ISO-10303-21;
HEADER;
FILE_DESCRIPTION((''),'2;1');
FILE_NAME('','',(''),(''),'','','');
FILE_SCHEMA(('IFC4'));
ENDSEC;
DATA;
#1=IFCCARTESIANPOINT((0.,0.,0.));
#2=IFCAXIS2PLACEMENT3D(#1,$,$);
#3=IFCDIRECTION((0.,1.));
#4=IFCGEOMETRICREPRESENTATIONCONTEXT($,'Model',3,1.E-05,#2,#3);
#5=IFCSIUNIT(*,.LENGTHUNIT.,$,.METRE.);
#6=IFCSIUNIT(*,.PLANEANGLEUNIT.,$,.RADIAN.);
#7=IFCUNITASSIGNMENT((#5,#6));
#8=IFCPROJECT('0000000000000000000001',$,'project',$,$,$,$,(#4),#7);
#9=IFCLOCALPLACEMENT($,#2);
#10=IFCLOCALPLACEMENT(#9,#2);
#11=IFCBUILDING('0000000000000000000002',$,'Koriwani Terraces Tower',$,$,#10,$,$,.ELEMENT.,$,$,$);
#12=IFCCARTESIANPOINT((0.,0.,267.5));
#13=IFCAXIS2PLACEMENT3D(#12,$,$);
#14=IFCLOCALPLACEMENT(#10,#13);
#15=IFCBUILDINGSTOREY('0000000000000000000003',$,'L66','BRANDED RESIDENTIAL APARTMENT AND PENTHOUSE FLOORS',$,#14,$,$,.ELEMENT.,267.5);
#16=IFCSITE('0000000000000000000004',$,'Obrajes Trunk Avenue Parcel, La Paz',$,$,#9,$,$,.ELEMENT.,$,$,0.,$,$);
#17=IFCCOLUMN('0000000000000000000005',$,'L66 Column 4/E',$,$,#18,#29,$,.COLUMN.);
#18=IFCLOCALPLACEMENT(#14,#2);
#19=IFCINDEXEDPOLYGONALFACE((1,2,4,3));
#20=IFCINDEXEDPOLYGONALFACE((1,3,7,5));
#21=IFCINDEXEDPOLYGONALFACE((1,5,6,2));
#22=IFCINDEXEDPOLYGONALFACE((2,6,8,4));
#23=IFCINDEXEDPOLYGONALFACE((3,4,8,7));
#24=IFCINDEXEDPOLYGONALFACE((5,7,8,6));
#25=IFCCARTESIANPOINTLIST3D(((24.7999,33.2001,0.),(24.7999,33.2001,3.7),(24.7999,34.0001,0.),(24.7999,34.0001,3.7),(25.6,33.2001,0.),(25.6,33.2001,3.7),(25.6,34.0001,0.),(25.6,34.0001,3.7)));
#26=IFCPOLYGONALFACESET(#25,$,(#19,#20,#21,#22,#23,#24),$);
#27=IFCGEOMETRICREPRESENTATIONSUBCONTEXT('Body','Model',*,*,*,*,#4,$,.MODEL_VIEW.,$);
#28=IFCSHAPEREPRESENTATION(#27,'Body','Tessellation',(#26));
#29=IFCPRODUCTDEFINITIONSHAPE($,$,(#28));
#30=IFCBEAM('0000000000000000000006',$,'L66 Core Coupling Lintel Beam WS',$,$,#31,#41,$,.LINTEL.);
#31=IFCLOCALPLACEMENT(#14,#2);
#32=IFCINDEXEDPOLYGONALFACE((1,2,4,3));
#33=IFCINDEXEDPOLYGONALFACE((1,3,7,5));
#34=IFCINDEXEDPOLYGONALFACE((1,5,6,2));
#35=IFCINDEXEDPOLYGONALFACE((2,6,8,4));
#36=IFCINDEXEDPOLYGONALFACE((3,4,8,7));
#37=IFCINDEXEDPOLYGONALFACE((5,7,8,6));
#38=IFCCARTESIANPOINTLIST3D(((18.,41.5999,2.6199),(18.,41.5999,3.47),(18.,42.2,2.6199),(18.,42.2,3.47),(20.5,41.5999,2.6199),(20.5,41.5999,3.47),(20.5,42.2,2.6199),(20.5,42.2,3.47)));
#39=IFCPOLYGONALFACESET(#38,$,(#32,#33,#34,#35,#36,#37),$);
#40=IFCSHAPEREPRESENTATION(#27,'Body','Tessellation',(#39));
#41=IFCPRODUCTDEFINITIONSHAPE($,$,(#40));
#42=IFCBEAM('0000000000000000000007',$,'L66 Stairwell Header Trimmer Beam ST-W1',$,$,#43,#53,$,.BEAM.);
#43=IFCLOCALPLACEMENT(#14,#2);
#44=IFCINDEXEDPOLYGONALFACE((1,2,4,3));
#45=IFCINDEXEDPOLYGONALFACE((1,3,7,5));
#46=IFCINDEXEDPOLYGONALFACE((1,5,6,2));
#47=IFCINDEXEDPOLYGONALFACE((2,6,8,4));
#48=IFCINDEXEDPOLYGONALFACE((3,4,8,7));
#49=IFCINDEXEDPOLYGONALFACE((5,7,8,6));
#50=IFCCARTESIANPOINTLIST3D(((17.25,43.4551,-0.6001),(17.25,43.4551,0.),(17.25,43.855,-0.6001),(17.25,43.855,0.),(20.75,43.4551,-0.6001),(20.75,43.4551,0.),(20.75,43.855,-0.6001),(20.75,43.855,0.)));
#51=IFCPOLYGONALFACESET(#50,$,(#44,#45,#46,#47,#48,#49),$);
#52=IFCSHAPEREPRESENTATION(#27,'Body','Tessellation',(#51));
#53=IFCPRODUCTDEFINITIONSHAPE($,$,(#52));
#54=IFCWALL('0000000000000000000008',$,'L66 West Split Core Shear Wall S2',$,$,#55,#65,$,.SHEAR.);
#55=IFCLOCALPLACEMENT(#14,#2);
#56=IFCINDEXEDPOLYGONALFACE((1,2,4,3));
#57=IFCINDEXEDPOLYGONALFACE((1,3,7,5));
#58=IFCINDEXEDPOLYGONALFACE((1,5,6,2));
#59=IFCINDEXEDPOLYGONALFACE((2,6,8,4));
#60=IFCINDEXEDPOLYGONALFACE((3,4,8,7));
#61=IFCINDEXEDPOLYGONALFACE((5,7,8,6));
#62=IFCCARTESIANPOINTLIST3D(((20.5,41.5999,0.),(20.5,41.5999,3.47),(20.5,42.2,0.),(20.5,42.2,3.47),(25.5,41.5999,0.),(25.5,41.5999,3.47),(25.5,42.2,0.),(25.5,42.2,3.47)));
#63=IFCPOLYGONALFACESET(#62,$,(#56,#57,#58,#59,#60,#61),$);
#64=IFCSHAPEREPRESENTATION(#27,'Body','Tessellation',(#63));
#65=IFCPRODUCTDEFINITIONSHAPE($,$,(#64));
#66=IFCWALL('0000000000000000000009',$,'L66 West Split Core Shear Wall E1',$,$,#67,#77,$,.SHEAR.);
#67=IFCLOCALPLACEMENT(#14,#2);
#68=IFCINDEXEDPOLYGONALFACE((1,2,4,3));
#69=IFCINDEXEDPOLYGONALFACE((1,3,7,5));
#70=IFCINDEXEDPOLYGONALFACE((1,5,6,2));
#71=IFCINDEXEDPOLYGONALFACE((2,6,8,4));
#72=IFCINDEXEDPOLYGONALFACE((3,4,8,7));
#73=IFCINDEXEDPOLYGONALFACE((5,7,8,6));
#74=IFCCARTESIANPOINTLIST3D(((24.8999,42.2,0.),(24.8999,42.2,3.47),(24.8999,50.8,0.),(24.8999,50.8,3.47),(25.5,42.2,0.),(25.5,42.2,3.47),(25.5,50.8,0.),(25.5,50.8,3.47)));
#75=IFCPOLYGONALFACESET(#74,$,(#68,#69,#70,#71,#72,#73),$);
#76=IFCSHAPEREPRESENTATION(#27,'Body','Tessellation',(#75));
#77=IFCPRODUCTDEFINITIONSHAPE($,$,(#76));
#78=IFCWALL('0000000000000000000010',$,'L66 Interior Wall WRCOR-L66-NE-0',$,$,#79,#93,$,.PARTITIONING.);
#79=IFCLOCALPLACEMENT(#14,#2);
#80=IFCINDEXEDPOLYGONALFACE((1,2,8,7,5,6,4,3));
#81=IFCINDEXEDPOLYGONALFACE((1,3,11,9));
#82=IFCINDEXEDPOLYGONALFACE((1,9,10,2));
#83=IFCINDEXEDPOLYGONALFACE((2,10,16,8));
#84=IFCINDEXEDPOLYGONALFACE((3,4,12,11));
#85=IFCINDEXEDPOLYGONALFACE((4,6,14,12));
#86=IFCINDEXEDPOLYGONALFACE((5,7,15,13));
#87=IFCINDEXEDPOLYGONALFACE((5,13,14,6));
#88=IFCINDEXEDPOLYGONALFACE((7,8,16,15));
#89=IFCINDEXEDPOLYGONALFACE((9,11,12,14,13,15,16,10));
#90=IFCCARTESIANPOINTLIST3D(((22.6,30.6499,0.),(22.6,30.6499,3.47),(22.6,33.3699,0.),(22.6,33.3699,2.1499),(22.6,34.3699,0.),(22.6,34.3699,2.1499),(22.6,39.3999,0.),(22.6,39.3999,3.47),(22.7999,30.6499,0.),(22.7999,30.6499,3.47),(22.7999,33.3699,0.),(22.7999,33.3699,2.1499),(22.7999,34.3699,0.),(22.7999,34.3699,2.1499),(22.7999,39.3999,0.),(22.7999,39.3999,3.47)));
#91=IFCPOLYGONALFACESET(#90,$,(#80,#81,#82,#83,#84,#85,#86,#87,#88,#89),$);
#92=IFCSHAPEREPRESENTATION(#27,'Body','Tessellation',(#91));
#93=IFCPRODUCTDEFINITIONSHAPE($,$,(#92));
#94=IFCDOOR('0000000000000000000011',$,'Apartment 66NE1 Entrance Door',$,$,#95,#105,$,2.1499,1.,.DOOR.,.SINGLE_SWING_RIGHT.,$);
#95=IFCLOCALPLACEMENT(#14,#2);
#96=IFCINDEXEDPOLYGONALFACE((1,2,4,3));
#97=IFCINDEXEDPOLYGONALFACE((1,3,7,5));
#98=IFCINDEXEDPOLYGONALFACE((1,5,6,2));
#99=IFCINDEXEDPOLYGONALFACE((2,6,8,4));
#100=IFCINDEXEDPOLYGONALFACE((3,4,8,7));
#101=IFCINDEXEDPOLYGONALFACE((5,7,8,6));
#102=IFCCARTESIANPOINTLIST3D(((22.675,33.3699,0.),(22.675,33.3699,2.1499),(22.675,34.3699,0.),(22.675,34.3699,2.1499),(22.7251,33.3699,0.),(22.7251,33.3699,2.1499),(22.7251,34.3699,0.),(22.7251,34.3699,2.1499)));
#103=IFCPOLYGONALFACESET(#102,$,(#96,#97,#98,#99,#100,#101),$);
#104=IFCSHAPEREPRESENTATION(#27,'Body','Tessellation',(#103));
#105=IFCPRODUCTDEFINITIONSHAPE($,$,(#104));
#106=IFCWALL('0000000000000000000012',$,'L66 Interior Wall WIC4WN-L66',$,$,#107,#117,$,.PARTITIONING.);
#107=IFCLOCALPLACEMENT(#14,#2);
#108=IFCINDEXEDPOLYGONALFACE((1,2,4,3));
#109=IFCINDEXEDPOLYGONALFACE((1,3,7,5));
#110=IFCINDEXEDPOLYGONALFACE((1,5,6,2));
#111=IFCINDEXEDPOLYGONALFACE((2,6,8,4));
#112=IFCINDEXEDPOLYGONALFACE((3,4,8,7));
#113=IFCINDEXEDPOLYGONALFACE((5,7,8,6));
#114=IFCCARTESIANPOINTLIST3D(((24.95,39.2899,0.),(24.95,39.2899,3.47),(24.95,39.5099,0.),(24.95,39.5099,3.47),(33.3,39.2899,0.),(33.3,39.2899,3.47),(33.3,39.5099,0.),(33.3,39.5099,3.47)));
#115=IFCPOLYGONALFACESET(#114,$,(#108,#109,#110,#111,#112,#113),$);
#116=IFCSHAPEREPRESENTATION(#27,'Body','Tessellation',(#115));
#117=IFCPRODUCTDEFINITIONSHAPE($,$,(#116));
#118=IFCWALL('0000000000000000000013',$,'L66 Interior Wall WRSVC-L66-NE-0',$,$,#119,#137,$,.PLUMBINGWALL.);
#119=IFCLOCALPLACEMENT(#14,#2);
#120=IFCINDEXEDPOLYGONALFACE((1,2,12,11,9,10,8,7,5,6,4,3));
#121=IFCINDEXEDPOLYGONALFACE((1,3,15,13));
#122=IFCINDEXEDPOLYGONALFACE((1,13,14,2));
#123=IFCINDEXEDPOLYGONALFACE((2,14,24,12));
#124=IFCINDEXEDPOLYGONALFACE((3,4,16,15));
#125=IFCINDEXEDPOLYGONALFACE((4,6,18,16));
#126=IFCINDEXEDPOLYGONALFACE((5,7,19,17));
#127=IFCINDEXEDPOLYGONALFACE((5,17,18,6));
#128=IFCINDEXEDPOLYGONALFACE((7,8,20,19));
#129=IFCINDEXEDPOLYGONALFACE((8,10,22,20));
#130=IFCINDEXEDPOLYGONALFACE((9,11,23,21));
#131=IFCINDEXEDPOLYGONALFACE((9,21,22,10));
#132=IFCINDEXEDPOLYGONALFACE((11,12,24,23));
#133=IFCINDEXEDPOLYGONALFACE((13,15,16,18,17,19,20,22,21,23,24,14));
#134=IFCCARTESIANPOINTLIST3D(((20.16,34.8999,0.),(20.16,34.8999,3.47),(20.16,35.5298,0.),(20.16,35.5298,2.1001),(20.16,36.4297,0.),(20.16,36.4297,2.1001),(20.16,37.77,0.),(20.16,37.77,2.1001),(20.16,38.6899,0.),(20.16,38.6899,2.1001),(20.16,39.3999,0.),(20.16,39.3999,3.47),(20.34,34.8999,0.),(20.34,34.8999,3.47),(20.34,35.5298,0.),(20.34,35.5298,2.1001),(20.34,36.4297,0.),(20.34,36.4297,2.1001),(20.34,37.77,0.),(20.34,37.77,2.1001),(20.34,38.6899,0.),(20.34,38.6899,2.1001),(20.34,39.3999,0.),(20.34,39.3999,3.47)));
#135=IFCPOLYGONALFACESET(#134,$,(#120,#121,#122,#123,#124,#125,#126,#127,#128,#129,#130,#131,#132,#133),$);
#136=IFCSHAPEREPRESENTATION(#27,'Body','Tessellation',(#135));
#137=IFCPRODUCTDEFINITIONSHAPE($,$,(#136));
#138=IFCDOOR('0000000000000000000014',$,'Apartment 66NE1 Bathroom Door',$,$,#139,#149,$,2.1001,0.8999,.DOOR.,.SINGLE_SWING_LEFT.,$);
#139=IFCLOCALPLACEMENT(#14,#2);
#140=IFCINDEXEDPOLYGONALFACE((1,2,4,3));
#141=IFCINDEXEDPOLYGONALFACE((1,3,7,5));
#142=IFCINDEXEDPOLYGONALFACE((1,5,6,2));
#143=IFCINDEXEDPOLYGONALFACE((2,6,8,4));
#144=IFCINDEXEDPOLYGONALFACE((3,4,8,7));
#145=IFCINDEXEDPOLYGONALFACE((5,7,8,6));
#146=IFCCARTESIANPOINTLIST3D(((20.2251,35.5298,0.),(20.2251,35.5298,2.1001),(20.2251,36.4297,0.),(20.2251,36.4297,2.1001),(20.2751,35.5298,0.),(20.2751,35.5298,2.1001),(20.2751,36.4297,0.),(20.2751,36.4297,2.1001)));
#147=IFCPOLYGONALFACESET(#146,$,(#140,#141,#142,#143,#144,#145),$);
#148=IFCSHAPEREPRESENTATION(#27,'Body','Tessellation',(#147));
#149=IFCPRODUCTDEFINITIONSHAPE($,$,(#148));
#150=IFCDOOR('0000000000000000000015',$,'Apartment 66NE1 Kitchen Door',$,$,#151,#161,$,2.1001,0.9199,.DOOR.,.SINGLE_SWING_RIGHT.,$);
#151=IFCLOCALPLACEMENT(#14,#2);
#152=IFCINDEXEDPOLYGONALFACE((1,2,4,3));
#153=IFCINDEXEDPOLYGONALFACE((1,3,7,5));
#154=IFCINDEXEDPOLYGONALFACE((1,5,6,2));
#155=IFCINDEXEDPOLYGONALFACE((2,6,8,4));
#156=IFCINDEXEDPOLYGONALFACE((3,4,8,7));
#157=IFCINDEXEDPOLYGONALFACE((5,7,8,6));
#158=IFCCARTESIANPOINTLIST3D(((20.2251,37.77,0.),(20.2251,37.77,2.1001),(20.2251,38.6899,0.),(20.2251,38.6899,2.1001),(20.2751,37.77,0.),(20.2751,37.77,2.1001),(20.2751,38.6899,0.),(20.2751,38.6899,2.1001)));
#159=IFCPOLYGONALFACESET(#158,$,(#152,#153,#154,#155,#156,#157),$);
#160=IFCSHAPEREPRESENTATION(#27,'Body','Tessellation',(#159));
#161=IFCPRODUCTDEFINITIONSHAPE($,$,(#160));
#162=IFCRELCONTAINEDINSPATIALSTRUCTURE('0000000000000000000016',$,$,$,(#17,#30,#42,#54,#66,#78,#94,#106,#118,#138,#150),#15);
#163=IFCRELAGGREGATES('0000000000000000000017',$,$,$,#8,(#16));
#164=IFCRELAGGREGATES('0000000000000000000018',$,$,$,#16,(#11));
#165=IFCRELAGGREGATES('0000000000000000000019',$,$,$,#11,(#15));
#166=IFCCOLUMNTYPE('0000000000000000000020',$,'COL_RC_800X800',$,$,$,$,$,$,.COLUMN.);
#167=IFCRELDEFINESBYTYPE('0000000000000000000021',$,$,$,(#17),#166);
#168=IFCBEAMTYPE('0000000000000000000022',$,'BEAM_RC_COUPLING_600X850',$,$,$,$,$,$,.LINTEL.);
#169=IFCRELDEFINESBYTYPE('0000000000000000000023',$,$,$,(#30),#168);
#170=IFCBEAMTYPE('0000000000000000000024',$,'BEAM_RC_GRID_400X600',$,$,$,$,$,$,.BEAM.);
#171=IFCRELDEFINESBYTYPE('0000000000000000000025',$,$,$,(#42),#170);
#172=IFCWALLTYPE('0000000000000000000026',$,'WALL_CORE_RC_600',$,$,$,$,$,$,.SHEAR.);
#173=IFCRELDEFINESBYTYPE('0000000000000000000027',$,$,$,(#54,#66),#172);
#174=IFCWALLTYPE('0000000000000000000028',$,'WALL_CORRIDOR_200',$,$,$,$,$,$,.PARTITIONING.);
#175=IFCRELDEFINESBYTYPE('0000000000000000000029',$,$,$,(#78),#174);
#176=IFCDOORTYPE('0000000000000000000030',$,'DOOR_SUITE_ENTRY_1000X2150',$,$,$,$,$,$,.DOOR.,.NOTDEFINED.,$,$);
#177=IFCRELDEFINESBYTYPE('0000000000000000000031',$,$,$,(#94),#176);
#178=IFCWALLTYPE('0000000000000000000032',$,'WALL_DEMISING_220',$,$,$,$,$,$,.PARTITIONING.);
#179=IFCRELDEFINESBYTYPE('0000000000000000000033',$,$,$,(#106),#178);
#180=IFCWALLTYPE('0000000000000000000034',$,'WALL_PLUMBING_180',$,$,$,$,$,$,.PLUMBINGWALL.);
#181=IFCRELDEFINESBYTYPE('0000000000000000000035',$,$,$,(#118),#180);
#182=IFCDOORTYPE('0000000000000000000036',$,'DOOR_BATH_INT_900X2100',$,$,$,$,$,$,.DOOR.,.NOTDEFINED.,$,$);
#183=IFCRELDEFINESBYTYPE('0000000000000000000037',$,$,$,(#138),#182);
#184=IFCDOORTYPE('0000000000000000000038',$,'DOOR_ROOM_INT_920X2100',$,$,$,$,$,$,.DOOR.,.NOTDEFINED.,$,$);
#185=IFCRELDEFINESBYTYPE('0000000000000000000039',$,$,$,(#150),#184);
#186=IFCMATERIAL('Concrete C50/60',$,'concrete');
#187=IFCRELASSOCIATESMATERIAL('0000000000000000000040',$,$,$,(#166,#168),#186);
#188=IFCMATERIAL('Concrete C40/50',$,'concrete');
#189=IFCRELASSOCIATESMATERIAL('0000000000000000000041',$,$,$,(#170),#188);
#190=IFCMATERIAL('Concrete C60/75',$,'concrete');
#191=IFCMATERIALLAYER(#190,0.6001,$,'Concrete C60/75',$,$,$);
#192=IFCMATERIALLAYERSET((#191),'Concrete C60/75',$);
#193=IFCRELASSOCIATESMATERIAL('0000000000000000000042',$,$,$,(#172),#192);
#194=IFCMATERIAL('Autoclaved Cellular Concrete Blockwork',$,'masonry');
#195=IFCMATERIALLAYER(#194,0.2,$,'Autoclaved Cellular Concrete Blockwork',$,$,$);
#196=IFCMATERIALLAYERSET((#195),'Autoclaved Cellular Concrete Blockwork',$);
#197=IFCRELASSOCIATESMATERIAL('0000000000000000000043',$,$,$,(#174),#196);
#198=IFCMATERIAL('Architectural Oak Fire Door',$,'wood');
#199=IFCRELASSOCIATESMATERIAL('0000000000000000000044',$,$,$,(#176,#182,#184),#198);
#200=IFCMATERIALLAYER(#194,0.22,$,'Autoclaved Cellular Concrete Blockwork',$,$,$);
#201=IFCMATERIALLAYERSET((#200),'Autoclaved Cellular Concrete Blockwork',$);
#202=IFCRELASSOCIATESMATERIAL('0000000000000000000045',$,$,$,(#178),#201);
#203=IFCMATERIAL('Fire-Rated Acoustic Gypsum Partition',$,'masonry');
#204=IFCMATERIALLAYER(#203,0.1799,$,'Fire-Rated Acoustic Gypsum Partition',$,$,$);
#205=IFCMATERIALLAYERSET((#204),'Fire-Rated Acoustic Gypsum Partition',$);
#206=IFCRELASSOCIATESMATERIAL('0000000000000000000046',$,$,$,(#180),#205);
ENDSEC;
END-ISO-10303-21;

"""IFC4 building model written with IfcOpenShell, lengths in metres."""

from ifc_helpers import new_model, si_unit, direction, frame, frame_2d, origin, origin_2d, place, context, subcontext, project, spatial, rectangle, extrude, material, layer, layer_set, material_profile, profile_set, type_object, element, fill, save


model = new_model("IFC4")

# Units and contexts
model_context = context("Model", 3, precision=1e-05, world=origin(), true_north=direction((0.0, 1.0)))
body_context = subcontext(model_context, "Body", "Model", "MODEL_VIEW")
ifc_project = project(units=[si_unit("LENGTHUNIT", "METRE"), si_unit("PLANEANGLEUNIT", "RADIAN")], contexts=[model_context])

# Site, building, storey
site_placement = place(None, origin())
site = spatial("IfcSite", under=ifc_project, at=site_placement, Name="Obrajes Trunk Avenue Parcel, La Paz", CompositionType="ELEMENT", RefElevation=0.0)
building_placement = place(site_placement, origin())
building = spatial("IfcBuilding", under=site, at=building_placement, Name="Koriwani Terraces Tower", CompositionType="ELEMENT")
storey_placement = place(building_placement, frame((0.0, 0.0, 267.5)))
storey = spatial("IfcBuildingStorey", under=building, at=storey_placement, Name="L66", Description="BRANDED RESIDENTIAL APARTMENT AND PENTHOUSE FLOORS", CompositionType="ELEMENT", Elevation=267.5)

# Column
ifc_material_1 = material(Name="Concrete C50/60", Category="concrete")
ifc_material_profile_1 = material_profile(ifc_material_1, rectangle(XDim=0.8, YDim=0.8, at=origin_2d()), Name="Concrete C50/60", Category="LoadBearing")
ifc_profile_set_1 = profile_set([ifc_material_profile_1], Name="Concrete C50/60")
column_type = type_object("IfcColumnType", Name="COL_RC_800X800", PredefinedType="COLUMN", material=ifc_profile_set_1)
column_placement = place(storey_placement, frame((25.2, 33.6001, 0.0), z_axis=(0.0, 0.0, 1.0), x_axis=(1.0, 0.0, 0.0)))
element("IfcColumn", 1, at=column_placement, inside=storey, type_object=column_type, Name="L66 Column 4/E", PredefinedType="COLUMN", context=body_context, shape_type="SweptSolid", body=[
    extrude(rectangle(XDim=0.8, YDim=0.8, at=origin_2d()), origin(), (0.0, 0.0, 1.0), 3.7),
])

# Beams
ifc_material_profile_2 = material_profile(ifc_material_1, rectangle(XDim=0.6001, YDim=0.8501, at=origin_2d()), Name="Concrete C50/60", Category="LoadBearing")
ifc_profile_set_2 = profile_set([ifc_material_profile_2], Name="Concrete C50/60")
beam_type_1 = type_object("IfcBeamType", Name="BEAM_RC_COUPLING_600X850", PredefinedType="LINTEL", material=ifc_profile_set_2)
beam_1_placement = place(storey_placement, frame((18.0, 41.8999, 3.0449), z_axis=(1.0, 0.0, 0.0), x_axis=(0.0, 1.0, 0.0)))
element("IfcBeam", 2, at=beam_1_placement, inside=storey, type_object=beam_type_1, Name="L66 Core Coupling Lintel Beam WS", PredefinedType="LINTEL", context=body_context, shape_type="SweptSolid", body=[
    extrude(rectangle(XDim=0.6001, YDim=0.8501, at=origin_2d()), origin(), (0.0, 0.0, 1.0), 2.5),
])
ifc_material_2 = material(Name="Concrete C40/50", Category="concrete")
ifc_material_profile_3 = material_profile(ifc_material_2, rectangle(XDim=0.3999, YDim=0.6001, at=origin_2d()), Name="Concrete C40/50", Category="LoadBearing")
ifc_profile_set_3 = profile_set([ifc_material_profile_3], Name="Concrete C40/50")
beam_type_2 = type_object("IfcBeamType", Name="BEAM_RC_GRID_400X600", PredefinedType="BEAM", material=ifc_profile_set_3)
beam_2_placement = place(storey_placement, frame((17.25, 43.655, -0.3), z_axis=(1.0, 0.0, 0.0), x_axis=(0.0, 1.0, 0.0)))
element("IfcBeam", 3, at=beam_2_placement, inside=storey, type_object=beam_type_2, Name="L66 Stairwell Header Trimmer Beam ST-W1", PredefinedType="BEAM", context=body_context, shape_type="SweptSolid", body=[
    extrude(rectangle(XDim=0.3999, YDim=0.6001, at=origin_2d()), origin(), (0.0, 0.0, 1.0), 3.5),
])

# Walls
ifc_material_3 = material(Name="Concrete C60/75", Category="concrete")
ifc_layer_1 = layer(ifc_material_3, 0.6001, Name="Concrete C60/75")
ifc_layer_set_1 = layer_set([ifc_layer_1], Name="Concrete C60/75")
wall_type_1 = type_object("IfcWallType", Name="WALL_CORE_RC_600", PredefinedType="SHEAR", material=ifc_layer_set_1)
wall_1_placement = place(storey_placement, frame((20.5, 41.8999, 0.0), z_axis=(0.0, 0.0, 1.0), x_axis=(1.0, 0.0, 0.0)))
element("IfcWall", 4, at=wall_1_placement, inside=storey, type_object=wall_type_1, Name="L66 West Split Core Shear Wall S2", PredefinedType="SHEAR", context=body_context, shape_type="SweptSolid", body=[
    extrude(rectangle(XDim=5.0, YDim=0.6001, at=frame_2d((2.5, 0.0))), origin(), (0.0, 0.0, 1.0), 3.47),
])
wall_2_placement = place(storey_placement, frame((25.2, 42.2, 0.0), z_axis=(0.0, 0.0, 1.0), x_axis=(0.0, 1.0, 0.0)))
element("IfcWall", 5, at=wall_2_placement, inside=storey, type_object=wall_type_1, Name="L66 West Split Core Shear Wall E1", PredefinedType="SHEAR", context=body_context, shape_type="SweptSolid", body=[
    extrude(rectangle(XDim=8.6001, YDim=0.6001, at=frame_2d((4.3, 0.0))), origin(), (0.0, 0.0, 1.0), 3.47),
])

# Wall, opening, door
ifc_material_4 = material(Name="Autoclaved Cellular Concrete Blockwork", Category="masonry")
ifc_layer_2 = layer(ifc_material_4, 0.2, Name="Autoclaved Cellular Concrete Blockwork")
ifc_layer_set_2 = layer_set([ifc_layer_2], Name="Autoclaved Cellular Concrete Blockwork")
wall_type_2 = type_object("IfcWallType", Name="WALL_CORRIDOR_200", PredefinedType="PARTITIONING", material=ifc_layer_set_2)
wall_3_placement = place(storey_placement, frame((22.7, 30.6499, 0.0), z_axis=(0.0, 0.0, 1.0), x_axis=(0.0, 1.0, 0.0)))
wall_3 = element("IfcWall", 6, at=wall_3_placement, inside=storey, type_object=wall_type_2, Name="L66 Interior Wall WRCOR-L66-NE-0", PredefinedType="PARTITIONING", context=body_context, shape_type="SweptSolid", body=[
    extrude(rectangle(XDim=8.75, YDim=0.2, at=frame_2d((4.375, 0.0))), origin(), (0.0, 0.0, 1.0), 3.47),
])
opening_1_placement = place(wall_3_placement, frame((2.72, 0.0, 0.0)))
opening_1 = element("IfcOpeningElement", 7, at=opening_1_placement, cuts=wall_3, PredefinedType="OPENING", context=body_context, shape_type="SweptSolid", body=[
    extrude(rectangle(XDim=1.0, YDim=2.1499, at=frame_2d((0.5, 1.075))), frame((0.0, 0.1099, 0.0), z_axis=(0.0, -1.0, 0.0), x_axis=(1.0, 0.0, 0.0)), (0.0, 0.0, 1.0), 0.22),
])
ifc_material_5 = material(Name="Architectural Oak Fire Door", Category="wood")
door_type_1 = type_object("IfcDoorType", Name="DOOR_SUITE_ENTRY_1000X2150", OperationType="NOTDEFINED", PredefinedType="DOOR", material=ifc_material_5)
door_1_placement = place(opening_1_placement, origin())
door_1 = element("IfcDoor", 8, at=door_1_placement, inside=storey, type_object=door_type_1, Name="Apartment 66NE1 Entrance Door", OperationType="SINGLE_SWING_RIGHT", OverallHeight=2.1499, OverallWidth=1.0, PredefinedType="DOOR", context=body_context, shape_type="SweptSolid", body=[
    extrude(rectangle(XDim=1.0, YDim=2.1499, at=frame_2d((0.5, 1.075))), frame((0.0, 0.0249, 0.0), z_axis=(0.0, -1.0, 0.0), x_axis=(1.0, 0.0, 0.0)), (0.0, 0.0, 1.0), 0.05),
])
fill(opening_1, door_1)

# Wall
ifc_layer_3 = layer(ifc_material_4, 0.22, Name="Autoclaved Cellular Concrete Blockwork")
ifc_layer_set_3 = layer_set([ifc_layer_3], Name="Autoclaved Cellular Concrete Blockwork")
wall_type_3 = type_object("IfcWallType", Name="WALL_DEMISING_220", PredefinedType="PARTITIONING", material=ifc_layer_set_3)
wall_4_placement = place(storey_placement, frame((24.95, 39.3999, 0.0), z_axis=(0.0, 0.0, 1.0), x_axis=(1.0, 0.0, 0.0)))
element("IfcWall", 9, at=wall_4_placement, inside=storey, type_object=wall_type_3, Name="L66 Interior Wall WIC4WN-L66", PredefinedType="PARTITIONING", context=body_context, shape_type="SweptSolid", body=[
    extrude(rectangle(XDim=8.3501, YDim=0.22, at=frame_2d((4.175, 0.0))), origin(), (0.0, 0.0, 1.0), 3.47),
])

# Wall, openings, doors
ifc_material_6 = material(Name="Fire-Rated Acoustic Gypsum Partition", Category="masonry")
ifc_layer_4 = layer(ifc_material_6, 0.1799, Name="Fire-Rated Acoustic Gypsum Partition")
ifc_layer_set_4 = layer_set([ifc_layer_4], Name="Fire-Rated Acoustic Gypsum Partition")
wall_type_4 = type_object("IfcWallType", Name="WALL_PLUMBING_180", PredefinedType="PLUMBINGWALL", material=ifc_layer_set_4)
wall_5_placement = place(storey_placement, frame((20.25, 34.8999, 0.0), z_axis=(0.0, 0.0, 1.0), x_axis=(0.0, 1.0, 0.0)))
wall_5 = element("IfcWall", 10, at=wall_5_placement, inside=storey, type_object=wall_type_4, Name="L66 Interior Wall WRSVC-L66-NE-0", PredefinedType="PLUMBINGWALL", context=body_context, shape_type="SweptSolid", body=[
    extrude(rectangle(XDim=4.5, YDim=0.1799, at=frame_2d((2.25, 0.0))), origin(), (0.0, 0.0, 1.0), 3.47),
])
opening_2_placement = place(wall_5_placement, frame((0.6299, 0.0, 0.0)))
opening_2 = element("IfcOpeningElement", 11, at=opening_2_placement, cuts=wall_5, PredefinedType="OPENING", context=body_context, shape_type="SweptSolid", body=[
    extrude(rectangle(XDim=0.8999, YDim=2.1001, at=frame_2d((0.45, 1.05))), frame((0.0, 0.1001, 0.0), z_axis=(0.0, -1.0, 0.0), x_axis=(1.0, 0.0, 0.0)), (0.0, 0.0, 1.0), 0.2),
])
opening_3_placement = place(wall_5_placement, frame((2.8701, 0.0, 0.0)))
opening_3 = element("IfcOpeningElement", 12, at=opening_3_placement, cuts=wall_5, PredefinedType="OPENING", context=body_context, shape_type="SweptSolid", body=[
    extrude(rectangle(XDim=0.9199, YDim=2.1001, at=frame_2d((0.46, 1.05))), frame((0.0, 0.1001, 0.0), z_axis=(0.0, -1.0, 0.0), x_axis=(1.0, 0.0, 0.0)), (0.0, 0.0, 1.0), 0.2),
])
door_type_2 = type_object("IfcDoorType", Name="DOOR_BATH_INT_900X2100", OperationType="NOTDEFINED", PredefinedType="DOOR", material=ifc_material_5)
door_2_placement = place(opening_2_placement, origin())
door_2 = element("IfcDoor", 13, at=door_2_placement, inside=storey, type_object=door_type_2, Name="Apartment 66NE1 Bathroom Door", OperationType="SINGLE_SWING_LEFT", OverallHeight=2.1001, OverallWidth=0.8999, PredefinedType="DOOR", context=body_context, shape_type="SweptSolid", body=[
    extrude(rectangle(XDim=0.8999, YDim=2.1001, at=frame_2d((0.45, 1.05))), frame((0.0, 0.0249, 0.0), z_axis=(0.0, -1.0, 0.0), x_axis=(1.0, 0.0, 0.0)), (0.0, 0.0, 1.0), 0.05),
])
fill(opening_2, door_2)
door_type_3 = type_object("IfcDoorType", Name="DOOR_ROOM_INT_920X2100", OperationType="NOTDEFINED", PredefinedType="DOOR", material=ifc_material_5)
door_3_placement = place(opening_3_placement, origin())
door_3 = element("IfcDoor", 14, at=door_3_placement, inside=storey, type_object=door_type_3, Name="Apartment 66NE1 Kitchen Door", OperationType="SINGLE_SWING_RIGHT", OverallHeight=2.1001, OverallWidth=0.9199, PredefinedType="DOOR", context=body_context, shape_type="SweptSolid", body=[
    extrude(rectangle(XDim=0.9199, YDim=2.1001, at=frame_2d((0.46, 1.05))), frame((0.0, 0.0249, 0.0), z_axis=(0.0, -1.0, 0.0), x_axis=(1.0, 0.0, 0.0)), (0.0, 0.0, 1.0), 0.05),
])
fill(opening_3, door_3)

save(model, "model.ifc")
